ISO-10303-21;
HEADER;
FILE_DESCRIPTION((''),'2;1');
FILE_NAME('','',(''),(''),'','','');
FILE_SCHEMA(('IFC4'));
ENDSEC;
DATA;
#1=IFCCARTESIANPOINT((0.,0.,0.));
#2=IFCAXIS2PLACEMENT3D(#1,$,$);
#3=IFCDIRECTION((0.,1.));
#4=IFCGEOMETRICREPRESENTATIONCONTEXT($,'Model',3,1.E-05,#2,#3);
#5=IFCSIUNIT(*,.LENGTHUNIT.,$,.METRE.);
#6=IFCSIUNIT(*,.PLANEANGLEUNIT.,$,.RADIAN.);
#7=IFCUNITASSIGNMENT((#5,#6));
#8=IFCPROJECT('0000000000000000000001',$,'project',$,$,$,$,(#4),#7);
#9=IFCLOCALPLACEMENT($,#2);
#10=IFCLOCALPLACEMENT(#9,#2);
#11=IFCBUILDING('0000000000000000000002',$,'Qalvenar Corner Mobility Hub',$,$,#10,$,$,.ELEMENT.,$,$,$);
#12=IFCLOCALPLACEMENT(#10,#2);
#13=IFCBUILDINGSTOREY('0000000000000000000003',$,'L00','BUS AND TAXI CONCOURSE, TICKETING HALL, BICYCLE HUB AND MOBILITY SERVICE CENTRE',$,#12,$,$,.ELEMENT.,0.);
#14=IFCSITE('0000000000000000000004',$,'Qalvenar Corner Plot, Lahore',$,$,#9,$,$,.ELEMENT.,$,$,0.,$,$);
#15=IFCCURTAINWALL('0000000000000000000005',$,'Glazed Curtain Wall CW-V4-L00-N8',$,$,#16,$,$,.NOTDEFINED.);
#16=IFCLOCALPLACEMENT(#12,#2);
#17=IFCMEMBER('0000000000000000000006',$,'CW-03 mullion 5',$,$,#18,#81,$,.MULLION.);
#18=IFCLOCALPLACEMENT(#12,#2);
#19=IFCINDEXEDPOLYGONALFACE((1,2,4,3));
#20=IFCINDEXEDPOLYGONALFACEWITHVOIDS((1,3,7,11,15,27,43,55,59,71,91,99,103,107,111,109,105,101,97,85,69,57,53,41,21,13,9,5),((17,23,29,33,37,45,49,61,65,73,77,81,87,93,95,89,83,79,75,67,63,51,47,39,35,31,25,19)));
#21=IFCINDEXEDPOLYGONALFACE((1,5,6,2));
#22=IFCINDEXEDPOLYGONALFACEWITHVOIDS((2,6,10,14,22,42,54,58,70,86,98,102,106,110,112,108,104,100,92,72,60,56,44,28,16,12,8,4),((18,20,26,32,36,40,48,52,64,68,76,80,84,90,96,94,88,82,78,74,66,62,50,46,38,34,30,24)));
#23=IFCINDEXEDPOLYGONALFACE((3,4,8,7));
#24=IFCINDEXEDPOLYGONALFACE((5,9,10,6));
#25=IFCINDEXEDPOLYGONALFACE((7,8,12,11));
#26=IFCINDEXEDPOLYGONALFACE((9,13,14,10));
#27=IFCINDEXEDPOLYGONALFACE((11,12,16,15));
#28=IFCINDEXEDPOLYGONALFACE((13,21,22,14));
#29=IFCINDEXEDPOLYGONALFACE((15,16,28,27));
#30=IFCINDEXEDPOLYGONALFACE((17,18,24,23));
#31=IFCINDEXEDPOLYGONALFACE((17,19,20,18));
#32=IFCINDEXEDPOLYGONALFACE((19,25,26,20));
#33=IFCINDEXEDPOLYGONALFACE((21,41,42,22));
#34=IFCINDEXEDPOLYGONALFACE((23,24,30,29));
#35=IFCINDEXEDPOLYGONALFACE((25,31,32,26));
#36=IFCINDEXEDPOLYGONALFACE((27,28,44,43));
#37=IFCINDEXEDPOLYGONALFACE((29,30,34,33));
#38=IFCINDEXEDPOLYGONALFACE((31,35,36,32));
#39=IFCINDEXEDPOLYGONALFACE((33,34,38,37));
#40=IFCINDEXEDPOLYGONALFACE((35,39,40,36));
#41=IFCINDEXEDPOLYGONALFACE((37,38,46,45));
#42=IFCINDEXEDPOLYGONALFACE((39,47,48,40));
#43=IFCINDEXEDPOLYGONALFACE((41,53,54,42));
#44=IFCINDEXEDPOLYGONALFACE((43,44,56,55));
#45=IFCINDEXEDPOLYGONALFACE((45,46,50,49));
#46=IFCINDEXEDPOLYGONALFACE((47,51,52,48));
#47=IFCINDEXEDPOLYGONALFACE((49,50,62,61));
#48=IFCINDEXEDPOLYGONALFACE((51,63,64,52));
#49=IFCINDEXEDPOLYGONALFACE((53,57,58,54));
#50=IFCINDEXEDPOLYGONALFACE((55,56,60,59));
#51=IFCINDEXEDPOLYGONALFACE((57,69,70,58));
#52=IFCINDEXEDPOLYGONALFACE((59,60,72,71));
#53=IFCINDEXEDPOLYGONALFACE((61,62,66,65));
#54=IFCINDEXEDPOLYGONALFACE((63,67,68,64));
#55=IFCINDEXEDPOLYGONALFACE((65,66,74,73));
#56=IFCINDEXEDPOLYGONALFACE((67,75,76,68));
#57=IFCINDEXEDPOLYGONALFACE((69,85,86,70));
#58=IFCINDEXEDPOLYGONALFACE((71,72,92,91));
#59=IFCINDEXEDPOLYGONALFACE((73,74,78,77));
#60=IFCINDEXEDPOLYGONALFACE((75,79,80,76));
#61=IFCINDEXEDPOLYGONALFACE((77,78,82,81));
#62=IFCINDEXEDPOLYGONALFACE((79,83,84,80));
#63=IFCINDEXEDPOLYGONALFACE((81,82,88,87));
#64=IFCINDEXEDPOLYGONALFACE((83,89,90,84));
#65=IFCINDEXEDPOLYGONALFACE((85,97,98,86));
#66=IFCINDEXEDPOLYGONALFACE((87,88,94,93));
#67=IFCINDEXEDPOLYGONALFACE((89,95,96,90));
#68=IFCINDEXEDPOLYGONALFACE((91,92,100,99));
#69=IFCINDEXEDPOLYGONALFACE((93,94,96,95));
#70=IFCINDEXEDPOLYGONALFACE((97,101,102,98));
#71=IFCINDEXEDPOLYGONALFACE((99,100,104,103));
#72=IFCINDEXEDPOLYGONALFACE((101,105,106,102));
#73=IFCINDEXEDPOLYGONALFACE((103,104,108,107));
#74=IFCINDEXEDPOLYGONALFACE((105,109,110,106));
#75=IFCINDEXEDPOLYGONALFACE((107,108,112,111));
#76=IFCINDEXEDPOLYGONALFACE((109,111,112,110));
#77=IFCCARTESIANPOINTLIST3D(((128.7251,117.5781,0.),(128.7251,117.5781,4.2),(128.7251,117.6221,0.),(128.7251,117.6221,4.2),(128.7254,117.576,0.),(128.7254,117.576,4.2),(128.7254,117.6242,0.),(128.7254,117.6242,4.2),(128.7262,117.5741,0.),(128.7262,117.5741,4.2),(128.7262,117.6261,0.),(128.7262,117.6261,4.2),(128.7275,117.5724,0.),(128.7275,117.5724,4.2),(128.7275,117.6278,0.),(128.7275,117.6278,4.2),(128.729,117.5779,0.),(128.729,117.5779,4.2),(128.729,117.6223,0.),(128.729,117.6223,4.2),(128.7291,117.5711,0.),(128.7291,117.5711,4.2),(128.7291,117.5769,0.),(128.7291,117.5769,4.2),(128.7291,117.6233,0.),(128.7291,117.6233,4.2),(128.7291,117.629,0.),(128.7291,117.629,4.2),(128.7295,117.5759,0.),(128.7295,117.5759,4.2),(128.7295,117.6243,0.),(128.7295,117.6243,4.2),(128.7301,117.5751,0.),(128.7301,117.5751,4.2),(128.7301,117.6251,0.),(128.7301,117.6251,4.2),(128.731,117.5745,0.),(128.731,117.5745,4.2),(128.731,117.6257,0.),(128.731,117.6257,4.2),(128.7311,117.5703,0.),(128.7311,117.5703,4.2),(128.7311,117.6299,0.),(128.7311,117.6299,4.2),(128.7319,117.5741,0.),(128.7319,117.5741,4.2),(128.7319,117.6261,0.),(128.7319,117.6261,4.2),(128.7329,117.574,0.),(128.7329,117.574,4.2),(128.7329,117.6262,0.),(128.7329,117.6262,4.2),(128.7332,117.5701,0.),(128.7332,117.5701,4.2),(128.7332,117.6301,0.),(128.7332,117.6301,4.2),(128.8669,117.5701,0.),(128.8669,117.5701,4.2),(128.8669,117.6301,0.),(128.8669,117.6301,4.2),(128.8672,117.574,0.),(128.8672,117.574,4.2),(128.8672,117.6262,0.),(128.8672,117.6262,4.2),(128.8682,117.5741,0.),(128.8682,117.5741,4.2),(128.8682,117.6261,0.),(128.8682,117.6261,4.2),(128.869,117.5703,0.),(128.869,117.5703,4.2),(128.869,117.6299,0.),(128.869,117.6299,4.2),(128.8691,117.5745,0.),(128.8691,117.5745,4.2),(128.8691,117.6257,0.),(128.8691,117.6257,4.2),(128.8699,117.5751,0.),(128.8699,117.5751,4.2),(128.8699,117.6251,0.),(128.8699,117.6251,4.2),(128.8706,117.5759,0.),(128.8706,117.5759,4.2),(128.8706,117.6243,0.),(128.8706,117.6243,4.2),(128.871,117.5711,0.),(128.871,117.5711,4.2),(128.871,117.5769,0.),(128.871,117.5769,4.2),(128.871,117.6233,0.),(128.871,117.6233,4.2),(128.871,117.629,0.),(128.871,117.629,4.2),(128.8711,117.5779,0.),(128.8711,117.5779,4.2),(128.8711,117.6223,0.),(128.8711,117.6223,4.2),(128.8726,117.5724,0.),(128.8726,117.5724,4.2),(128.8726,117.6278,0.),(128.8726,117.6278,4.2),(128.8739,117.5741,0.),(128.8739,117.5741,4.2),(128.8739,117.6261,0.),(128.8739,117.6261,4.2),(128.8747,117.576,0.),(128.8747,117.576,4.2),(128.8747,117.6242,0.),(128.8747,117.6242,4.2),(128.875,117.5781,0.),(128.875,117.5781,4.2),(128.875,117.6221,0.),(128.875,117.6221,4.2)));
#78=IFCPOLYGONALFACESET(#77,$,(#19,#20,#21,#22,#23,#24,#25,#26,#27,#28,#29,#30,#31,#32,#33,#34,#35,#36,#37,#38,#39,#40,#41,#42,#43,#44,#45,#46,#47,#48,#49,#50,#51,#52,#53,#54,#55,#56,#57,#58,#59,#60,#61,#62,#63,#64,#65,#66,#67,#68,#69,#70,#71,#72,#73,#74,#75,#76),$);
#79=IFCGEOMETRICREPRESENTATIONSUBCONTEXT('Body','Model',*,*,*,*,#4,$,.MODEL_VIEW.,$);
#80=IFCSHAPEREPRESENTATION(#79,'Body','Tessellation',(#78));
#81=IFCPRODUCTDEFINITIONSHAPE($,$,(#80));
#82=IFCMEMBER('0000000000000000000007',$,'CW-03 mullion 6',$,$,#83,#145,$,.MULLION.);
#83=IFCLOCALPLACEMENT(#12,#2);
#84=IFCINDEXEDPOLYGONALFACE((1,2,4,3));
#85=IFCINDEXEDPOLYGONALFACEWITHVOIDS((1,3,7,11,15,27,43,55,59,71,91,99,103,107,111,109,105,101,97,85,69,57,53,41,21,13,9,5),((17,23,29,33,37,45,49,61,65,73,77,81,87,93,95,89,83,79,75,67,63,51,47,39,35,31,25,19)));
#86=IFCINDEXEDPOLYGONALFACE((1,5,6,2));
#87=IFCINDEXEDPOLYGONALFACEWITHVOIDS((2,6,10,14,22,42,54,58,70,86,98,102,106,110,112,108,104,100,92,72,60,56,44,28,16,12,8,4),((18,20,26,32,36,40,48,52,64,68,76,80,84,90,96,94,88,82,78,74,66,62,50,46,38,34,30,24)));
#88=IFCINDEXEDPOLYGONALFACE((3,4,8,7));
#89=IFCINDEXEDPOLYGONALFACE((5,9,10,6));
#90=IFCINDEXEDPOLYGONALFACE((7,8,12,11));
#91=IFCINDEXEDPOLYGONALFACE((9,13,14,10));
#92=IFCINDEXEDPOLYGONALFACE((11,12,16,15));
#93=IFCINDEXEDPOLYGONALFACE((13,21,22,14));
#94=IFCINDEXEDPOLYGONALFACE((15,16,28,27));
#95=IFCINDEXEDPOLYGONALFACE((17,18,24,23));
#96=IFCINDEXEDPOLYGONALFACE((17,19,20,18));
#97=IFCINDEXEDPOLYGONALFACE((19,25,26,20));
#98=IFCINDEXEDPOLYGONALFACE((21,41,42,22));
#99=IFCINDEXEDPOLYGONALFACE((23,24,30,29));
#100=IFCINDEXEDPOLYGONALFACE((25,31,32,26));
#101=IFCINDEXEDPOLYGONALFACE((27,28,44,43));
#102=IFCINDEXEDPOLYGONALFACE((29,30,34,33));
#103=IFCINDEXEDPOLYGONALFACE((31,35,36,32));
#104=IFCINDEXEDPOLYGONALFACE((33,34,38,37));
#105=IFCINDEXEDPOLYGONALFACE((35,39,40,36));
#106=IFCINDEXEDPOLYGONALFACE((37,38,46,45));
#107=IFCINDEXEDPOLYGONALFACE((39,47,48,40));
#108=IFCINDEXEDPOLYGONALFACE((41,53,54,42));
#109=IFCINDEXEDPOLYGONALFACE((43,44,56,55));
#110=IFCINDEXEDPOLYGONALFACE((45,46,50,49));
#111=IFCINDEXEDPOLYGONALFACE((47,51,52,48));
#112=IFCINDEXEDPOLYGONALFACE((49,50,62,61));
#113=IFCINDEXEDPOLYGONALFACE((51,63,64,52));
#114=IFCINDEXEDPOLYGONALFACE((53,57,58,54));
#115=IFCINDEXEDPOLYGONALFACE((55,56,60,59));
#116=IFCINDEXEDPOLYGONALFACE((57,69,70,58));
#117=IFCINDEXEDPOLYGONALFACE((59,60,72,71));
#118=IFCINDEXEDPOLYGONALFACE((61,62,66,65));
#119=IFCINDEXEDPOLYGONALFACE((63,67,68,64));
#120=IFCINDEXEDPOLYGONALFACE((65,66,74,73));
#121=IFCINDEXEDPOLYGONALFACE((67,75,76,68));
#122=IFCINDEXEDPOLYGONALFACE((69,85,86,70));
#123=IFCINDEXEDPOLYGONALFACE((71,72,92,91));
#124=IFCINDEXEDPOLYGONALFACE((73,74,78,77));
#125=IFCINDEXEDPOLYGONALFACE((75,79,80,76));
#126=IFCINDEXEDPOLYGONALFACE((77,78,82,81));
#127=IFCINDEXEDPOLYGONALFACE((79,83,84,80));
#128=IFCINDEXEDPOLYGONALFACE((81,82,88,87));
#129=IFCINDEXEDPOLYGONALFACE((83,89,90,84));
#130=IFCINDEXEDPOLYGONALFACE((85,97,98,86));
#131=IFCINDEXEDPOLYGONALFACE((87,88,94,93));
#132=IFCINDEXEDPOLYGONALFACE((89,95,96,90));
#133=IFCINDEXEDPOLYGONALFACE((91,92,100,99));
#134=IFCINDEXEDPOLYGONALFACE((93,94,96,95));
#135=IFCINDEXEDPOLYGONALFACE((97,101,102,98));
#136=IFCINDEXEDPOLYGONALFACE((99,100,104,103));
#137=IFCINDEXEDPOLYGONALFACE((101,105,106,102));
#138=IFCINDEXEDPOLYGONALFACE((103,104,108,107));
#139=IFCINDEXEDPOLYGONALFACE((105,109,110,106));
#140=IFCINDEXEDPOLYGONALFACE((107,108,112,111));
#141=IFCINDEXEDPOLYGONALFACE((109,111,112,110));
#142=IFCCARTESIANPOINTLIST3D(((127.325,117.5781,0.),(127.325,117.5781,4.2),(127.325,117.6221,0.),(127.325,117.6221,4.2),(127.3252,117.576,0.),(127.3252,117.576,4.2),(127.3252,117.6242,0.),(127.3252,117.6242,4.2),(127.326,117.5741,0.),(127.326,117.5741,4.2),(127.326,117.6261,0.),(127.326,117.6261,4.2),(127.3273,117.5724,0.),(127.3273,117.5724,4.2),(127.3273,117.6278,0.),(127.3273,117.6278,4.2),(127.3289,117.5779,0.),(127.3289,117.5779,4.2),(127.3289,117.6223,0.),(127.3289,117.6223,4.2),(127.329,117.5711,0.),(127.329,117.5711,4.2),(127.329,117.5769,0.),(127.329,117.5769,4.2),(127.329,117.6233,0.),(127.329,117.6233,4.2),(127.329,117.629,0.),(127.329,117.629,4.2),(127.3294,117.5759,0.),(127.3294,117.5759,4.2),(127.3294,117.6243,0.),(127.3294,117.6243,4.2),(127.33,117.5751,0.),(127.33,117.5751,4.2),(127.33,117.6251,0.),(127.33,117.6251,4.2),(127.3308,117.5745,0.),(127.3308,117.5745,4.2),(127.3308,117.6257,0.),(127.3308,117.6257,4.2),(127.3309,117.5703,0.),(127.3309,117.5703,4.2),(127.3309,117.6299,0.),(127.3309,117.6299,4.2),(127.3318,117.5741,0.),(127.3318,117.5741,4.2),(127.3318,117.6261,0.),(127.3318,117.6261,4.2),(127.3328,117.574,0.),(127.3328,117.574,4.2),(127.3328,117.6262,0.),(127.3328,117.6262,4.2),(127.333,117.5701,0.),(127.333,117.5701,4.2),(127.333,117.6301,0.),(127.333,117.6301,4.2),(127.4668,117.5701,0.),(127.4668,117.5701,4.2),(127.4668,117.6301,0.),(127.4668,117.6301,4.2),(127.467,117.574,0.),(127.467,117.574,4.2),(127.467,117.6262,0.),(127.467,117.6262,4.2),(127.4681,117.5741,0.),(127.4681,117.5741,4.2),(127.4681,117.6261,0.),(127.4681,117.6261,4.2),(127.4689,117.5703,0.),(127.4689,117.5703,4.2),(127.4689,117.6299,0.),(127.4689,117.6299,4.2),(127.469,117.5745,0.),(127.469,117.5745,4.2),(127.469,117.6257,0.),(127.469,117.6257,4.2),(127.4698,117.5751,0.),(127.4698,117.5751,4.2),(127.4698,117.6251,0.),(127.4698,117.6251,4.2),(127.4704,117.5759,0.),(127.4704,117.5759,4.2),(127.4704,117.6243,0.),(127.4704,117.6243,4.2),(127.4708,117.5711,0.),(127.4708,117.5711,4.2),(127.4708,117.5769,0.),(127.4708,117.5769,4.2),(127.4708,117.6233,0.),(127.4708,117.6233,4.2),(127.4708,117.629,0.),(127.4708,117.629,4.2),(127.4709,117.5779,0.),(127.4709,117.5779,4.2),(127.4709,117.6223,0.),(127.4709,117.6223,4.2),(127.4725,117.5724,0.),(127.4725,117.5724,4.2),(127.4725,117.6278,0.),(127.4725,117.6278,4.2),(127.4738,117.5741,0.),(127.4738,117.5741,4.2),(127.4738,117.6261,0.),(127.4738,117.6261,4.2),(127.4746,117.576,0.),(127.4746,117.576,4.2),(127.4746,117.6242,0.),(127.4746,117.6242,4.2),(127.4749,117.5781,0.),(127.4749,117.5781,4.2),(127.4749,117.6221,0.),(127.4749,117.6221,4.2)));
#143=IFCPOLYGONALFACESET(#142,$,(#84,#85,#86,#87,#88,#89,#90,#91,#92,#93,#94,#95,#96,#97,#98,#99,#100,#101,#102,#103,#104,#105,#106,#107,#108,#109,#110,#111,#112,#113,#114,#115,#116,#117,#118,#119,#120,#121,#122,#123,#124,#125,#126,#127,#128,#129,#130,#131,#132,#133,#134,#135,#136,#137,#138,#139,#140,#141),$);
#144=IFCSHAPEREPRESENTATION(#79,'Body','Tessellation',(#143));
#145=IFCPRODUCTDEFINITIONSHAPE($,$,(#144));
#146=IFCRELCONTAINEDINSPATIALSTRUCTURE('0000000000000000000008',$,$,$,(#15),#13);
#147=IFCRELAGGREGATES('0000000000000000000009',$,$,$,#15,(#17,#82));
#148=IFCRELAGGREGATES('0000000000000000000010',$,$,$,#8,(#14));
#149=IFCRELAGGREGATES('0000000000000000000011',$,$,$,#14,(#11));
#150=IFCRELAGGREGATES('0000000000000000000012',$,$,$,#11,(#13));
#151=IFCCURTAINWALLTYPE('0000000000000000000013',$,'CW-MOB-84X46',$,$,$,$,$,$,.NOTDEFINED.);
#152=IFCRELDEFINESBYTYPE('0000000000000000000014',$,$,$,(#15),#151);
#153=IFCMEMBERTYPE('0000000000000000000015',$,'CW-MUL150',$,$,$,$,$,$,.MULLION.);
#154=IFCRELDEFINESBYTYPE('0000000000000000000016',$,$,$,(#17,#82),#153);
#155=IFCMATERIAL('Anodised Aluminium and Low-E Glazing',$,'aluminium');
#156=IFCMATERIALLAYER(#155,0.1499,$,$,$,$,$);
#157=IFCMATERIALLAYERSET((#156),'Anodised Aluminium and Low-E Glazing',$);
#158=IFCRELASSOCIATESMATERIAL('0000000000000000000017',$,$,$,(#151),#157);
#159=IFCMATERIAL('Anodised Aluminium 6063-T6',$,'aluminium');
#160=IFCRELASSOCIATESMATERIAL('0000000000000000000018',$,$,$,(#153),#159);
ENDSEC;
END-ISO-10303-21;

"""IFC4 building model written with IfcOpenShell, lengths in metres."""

from ifc_helpers import new_model, si_unit, direction, frame, origin, origin_2d, place, context, subcontext, project, spatial, hollow_rectangle, extrude, material, layer, layer_set, material_profile, profile_set, type_object, element, aggregate, save


model = new_model("IFC4")

# Units and contexts
model_context = context("Model", 3, precision=1e-05, world=origin(), true_north=direction((0.0, 1.0)))
body_context = subcontext(model_context, "Body", "Model", "MODEL_VIEW")
ifc_project = project(units=[si_unit("LENGTHUNIT", "METRE"), si_unit("PLANEANGLEUNIT", "RADIAN")], contexts=[model_context])

# Site, building, storey
site_placement = place(None, origin())
site = spatial("IfcSite", under=ifc_project, at=site_placement, Name="Qalvenar Corner Plot, Lahore", CompositionType="ELEMENT", RefElevation=0.0)
building_placement = place(site_placement, origin())
building = spatial("IfcBuilding", under=site, at=building_placement, Name="Qalvenar Corner Mobility Hub", CompositionType="ELEMENT")
storey_placement = place(building_placement, origin())
storey = spatial("IfcBuildingStorey", under=building, at=storey_placement, Name="L00", Description="BUS AND TAXI CONCOURSE, TICKETING HALL, BICYCLE HUB AND MOBILITY SERVICE CENTRE", CompositionType="ELEMENT", Elevation=0.0)

# Shared definitions
ifc_material_1 = material(Name="Anodised Aluminium and Low-E Glazing", Category="aluminium")
ifc_layer_1 = layer(ifc_material_1, 0.1499)
ifc_layer_set_1 = layer_set([ifc_layer_1], Name="Anodised Aluminium and Low-E Glazing")
curtain_wall_type = type_object("IfcCurtainWallType", Name="CW-MOB-84X46", PredefinedType="NOTDEFINED", material=ifc_layer_set_1)
ifc_material_2 = material(Name="Anodised Aluminium 6063-T6", Category="aluminium")
ifc_material_profile_1 = material_profile(ifc_material_2, hollow_rectangle(XDim=0.0601, YDim=0.1499, WallThickness=0.0039, InnerFilletRadius=0.0039, OuterFilletRadius=0.0081, at=origin_2d()), Name="RHS150x60x4")
ifc_profile_set_1 = profile_set([ifc_material_profile_1], Name="Anodised Aluminium 6063-T6")
member_type_1 = type_object("IfcMemberType", Name="CW-MUL150", PredefinedType="MULLION", material=ifc_profile_set_1)

# Curtain wall, members
curtain_wall_1_placement = place(storey_placement, origin())
curtain_wall_1 = element("IfcCurtainWall", 1, at=curtain_wall_1_placement, inside=storey, type_object=curtain_wall_type, Name="Glazed Curtain Wall CW-V4-L00-N8", PredefinedType="NOTDEFINED")
member_1_placement = place(storey_placement, frame((128.8, 117.6001, 0.0), z_axis=(0.0, 0.0, 1.0), x_axis=(0.0, -1.0, 0.0)))
member_1 = element("IfcMember", 2, at=member_1_placement, type_object=member_type_1, Name="CW-03 mullion 5", PredefinedType="MULLION", context=body_context, shape_type="SweptSolid", body=[
    extrude(hollow_rectangle(XDim=0.0601, YDim=0.1499, WallThickness=0.0039, InnerFilletRadius=0.0039, OuterFilletRadius=0.0081, at=origin_2d()), origin(), (0.0, 0.0, 1.0), 4.2),
])
member_2_placement = place(storey_placement, frame((127.3999, 117.6001, 0.0), z_axis=(0.0, 0.0, 1.0), x_axis=(0.0, -1.0, 0.0)))
member_2 = element("IfcMember", 3, at=member_2_placement, type_object=member_type_1, Name="CW-03 mullion 6", PredefinedType="MULLION", context=body_context, shape_type="SweptSolid", body=[
    extrude(hollow_rectangle(XDim=0.0601, YDim=0.1499, WallThickness=0.0039, InnerFilletRadius=0.0039, OuterFilletRadius=0.0081, at=origin_2d()), origin(), (0.0, 0.0, 1.0), 4.2),
])
aggregate(curtain_wall_1, [member_1, member_2])

save(model, "model.ifc")
